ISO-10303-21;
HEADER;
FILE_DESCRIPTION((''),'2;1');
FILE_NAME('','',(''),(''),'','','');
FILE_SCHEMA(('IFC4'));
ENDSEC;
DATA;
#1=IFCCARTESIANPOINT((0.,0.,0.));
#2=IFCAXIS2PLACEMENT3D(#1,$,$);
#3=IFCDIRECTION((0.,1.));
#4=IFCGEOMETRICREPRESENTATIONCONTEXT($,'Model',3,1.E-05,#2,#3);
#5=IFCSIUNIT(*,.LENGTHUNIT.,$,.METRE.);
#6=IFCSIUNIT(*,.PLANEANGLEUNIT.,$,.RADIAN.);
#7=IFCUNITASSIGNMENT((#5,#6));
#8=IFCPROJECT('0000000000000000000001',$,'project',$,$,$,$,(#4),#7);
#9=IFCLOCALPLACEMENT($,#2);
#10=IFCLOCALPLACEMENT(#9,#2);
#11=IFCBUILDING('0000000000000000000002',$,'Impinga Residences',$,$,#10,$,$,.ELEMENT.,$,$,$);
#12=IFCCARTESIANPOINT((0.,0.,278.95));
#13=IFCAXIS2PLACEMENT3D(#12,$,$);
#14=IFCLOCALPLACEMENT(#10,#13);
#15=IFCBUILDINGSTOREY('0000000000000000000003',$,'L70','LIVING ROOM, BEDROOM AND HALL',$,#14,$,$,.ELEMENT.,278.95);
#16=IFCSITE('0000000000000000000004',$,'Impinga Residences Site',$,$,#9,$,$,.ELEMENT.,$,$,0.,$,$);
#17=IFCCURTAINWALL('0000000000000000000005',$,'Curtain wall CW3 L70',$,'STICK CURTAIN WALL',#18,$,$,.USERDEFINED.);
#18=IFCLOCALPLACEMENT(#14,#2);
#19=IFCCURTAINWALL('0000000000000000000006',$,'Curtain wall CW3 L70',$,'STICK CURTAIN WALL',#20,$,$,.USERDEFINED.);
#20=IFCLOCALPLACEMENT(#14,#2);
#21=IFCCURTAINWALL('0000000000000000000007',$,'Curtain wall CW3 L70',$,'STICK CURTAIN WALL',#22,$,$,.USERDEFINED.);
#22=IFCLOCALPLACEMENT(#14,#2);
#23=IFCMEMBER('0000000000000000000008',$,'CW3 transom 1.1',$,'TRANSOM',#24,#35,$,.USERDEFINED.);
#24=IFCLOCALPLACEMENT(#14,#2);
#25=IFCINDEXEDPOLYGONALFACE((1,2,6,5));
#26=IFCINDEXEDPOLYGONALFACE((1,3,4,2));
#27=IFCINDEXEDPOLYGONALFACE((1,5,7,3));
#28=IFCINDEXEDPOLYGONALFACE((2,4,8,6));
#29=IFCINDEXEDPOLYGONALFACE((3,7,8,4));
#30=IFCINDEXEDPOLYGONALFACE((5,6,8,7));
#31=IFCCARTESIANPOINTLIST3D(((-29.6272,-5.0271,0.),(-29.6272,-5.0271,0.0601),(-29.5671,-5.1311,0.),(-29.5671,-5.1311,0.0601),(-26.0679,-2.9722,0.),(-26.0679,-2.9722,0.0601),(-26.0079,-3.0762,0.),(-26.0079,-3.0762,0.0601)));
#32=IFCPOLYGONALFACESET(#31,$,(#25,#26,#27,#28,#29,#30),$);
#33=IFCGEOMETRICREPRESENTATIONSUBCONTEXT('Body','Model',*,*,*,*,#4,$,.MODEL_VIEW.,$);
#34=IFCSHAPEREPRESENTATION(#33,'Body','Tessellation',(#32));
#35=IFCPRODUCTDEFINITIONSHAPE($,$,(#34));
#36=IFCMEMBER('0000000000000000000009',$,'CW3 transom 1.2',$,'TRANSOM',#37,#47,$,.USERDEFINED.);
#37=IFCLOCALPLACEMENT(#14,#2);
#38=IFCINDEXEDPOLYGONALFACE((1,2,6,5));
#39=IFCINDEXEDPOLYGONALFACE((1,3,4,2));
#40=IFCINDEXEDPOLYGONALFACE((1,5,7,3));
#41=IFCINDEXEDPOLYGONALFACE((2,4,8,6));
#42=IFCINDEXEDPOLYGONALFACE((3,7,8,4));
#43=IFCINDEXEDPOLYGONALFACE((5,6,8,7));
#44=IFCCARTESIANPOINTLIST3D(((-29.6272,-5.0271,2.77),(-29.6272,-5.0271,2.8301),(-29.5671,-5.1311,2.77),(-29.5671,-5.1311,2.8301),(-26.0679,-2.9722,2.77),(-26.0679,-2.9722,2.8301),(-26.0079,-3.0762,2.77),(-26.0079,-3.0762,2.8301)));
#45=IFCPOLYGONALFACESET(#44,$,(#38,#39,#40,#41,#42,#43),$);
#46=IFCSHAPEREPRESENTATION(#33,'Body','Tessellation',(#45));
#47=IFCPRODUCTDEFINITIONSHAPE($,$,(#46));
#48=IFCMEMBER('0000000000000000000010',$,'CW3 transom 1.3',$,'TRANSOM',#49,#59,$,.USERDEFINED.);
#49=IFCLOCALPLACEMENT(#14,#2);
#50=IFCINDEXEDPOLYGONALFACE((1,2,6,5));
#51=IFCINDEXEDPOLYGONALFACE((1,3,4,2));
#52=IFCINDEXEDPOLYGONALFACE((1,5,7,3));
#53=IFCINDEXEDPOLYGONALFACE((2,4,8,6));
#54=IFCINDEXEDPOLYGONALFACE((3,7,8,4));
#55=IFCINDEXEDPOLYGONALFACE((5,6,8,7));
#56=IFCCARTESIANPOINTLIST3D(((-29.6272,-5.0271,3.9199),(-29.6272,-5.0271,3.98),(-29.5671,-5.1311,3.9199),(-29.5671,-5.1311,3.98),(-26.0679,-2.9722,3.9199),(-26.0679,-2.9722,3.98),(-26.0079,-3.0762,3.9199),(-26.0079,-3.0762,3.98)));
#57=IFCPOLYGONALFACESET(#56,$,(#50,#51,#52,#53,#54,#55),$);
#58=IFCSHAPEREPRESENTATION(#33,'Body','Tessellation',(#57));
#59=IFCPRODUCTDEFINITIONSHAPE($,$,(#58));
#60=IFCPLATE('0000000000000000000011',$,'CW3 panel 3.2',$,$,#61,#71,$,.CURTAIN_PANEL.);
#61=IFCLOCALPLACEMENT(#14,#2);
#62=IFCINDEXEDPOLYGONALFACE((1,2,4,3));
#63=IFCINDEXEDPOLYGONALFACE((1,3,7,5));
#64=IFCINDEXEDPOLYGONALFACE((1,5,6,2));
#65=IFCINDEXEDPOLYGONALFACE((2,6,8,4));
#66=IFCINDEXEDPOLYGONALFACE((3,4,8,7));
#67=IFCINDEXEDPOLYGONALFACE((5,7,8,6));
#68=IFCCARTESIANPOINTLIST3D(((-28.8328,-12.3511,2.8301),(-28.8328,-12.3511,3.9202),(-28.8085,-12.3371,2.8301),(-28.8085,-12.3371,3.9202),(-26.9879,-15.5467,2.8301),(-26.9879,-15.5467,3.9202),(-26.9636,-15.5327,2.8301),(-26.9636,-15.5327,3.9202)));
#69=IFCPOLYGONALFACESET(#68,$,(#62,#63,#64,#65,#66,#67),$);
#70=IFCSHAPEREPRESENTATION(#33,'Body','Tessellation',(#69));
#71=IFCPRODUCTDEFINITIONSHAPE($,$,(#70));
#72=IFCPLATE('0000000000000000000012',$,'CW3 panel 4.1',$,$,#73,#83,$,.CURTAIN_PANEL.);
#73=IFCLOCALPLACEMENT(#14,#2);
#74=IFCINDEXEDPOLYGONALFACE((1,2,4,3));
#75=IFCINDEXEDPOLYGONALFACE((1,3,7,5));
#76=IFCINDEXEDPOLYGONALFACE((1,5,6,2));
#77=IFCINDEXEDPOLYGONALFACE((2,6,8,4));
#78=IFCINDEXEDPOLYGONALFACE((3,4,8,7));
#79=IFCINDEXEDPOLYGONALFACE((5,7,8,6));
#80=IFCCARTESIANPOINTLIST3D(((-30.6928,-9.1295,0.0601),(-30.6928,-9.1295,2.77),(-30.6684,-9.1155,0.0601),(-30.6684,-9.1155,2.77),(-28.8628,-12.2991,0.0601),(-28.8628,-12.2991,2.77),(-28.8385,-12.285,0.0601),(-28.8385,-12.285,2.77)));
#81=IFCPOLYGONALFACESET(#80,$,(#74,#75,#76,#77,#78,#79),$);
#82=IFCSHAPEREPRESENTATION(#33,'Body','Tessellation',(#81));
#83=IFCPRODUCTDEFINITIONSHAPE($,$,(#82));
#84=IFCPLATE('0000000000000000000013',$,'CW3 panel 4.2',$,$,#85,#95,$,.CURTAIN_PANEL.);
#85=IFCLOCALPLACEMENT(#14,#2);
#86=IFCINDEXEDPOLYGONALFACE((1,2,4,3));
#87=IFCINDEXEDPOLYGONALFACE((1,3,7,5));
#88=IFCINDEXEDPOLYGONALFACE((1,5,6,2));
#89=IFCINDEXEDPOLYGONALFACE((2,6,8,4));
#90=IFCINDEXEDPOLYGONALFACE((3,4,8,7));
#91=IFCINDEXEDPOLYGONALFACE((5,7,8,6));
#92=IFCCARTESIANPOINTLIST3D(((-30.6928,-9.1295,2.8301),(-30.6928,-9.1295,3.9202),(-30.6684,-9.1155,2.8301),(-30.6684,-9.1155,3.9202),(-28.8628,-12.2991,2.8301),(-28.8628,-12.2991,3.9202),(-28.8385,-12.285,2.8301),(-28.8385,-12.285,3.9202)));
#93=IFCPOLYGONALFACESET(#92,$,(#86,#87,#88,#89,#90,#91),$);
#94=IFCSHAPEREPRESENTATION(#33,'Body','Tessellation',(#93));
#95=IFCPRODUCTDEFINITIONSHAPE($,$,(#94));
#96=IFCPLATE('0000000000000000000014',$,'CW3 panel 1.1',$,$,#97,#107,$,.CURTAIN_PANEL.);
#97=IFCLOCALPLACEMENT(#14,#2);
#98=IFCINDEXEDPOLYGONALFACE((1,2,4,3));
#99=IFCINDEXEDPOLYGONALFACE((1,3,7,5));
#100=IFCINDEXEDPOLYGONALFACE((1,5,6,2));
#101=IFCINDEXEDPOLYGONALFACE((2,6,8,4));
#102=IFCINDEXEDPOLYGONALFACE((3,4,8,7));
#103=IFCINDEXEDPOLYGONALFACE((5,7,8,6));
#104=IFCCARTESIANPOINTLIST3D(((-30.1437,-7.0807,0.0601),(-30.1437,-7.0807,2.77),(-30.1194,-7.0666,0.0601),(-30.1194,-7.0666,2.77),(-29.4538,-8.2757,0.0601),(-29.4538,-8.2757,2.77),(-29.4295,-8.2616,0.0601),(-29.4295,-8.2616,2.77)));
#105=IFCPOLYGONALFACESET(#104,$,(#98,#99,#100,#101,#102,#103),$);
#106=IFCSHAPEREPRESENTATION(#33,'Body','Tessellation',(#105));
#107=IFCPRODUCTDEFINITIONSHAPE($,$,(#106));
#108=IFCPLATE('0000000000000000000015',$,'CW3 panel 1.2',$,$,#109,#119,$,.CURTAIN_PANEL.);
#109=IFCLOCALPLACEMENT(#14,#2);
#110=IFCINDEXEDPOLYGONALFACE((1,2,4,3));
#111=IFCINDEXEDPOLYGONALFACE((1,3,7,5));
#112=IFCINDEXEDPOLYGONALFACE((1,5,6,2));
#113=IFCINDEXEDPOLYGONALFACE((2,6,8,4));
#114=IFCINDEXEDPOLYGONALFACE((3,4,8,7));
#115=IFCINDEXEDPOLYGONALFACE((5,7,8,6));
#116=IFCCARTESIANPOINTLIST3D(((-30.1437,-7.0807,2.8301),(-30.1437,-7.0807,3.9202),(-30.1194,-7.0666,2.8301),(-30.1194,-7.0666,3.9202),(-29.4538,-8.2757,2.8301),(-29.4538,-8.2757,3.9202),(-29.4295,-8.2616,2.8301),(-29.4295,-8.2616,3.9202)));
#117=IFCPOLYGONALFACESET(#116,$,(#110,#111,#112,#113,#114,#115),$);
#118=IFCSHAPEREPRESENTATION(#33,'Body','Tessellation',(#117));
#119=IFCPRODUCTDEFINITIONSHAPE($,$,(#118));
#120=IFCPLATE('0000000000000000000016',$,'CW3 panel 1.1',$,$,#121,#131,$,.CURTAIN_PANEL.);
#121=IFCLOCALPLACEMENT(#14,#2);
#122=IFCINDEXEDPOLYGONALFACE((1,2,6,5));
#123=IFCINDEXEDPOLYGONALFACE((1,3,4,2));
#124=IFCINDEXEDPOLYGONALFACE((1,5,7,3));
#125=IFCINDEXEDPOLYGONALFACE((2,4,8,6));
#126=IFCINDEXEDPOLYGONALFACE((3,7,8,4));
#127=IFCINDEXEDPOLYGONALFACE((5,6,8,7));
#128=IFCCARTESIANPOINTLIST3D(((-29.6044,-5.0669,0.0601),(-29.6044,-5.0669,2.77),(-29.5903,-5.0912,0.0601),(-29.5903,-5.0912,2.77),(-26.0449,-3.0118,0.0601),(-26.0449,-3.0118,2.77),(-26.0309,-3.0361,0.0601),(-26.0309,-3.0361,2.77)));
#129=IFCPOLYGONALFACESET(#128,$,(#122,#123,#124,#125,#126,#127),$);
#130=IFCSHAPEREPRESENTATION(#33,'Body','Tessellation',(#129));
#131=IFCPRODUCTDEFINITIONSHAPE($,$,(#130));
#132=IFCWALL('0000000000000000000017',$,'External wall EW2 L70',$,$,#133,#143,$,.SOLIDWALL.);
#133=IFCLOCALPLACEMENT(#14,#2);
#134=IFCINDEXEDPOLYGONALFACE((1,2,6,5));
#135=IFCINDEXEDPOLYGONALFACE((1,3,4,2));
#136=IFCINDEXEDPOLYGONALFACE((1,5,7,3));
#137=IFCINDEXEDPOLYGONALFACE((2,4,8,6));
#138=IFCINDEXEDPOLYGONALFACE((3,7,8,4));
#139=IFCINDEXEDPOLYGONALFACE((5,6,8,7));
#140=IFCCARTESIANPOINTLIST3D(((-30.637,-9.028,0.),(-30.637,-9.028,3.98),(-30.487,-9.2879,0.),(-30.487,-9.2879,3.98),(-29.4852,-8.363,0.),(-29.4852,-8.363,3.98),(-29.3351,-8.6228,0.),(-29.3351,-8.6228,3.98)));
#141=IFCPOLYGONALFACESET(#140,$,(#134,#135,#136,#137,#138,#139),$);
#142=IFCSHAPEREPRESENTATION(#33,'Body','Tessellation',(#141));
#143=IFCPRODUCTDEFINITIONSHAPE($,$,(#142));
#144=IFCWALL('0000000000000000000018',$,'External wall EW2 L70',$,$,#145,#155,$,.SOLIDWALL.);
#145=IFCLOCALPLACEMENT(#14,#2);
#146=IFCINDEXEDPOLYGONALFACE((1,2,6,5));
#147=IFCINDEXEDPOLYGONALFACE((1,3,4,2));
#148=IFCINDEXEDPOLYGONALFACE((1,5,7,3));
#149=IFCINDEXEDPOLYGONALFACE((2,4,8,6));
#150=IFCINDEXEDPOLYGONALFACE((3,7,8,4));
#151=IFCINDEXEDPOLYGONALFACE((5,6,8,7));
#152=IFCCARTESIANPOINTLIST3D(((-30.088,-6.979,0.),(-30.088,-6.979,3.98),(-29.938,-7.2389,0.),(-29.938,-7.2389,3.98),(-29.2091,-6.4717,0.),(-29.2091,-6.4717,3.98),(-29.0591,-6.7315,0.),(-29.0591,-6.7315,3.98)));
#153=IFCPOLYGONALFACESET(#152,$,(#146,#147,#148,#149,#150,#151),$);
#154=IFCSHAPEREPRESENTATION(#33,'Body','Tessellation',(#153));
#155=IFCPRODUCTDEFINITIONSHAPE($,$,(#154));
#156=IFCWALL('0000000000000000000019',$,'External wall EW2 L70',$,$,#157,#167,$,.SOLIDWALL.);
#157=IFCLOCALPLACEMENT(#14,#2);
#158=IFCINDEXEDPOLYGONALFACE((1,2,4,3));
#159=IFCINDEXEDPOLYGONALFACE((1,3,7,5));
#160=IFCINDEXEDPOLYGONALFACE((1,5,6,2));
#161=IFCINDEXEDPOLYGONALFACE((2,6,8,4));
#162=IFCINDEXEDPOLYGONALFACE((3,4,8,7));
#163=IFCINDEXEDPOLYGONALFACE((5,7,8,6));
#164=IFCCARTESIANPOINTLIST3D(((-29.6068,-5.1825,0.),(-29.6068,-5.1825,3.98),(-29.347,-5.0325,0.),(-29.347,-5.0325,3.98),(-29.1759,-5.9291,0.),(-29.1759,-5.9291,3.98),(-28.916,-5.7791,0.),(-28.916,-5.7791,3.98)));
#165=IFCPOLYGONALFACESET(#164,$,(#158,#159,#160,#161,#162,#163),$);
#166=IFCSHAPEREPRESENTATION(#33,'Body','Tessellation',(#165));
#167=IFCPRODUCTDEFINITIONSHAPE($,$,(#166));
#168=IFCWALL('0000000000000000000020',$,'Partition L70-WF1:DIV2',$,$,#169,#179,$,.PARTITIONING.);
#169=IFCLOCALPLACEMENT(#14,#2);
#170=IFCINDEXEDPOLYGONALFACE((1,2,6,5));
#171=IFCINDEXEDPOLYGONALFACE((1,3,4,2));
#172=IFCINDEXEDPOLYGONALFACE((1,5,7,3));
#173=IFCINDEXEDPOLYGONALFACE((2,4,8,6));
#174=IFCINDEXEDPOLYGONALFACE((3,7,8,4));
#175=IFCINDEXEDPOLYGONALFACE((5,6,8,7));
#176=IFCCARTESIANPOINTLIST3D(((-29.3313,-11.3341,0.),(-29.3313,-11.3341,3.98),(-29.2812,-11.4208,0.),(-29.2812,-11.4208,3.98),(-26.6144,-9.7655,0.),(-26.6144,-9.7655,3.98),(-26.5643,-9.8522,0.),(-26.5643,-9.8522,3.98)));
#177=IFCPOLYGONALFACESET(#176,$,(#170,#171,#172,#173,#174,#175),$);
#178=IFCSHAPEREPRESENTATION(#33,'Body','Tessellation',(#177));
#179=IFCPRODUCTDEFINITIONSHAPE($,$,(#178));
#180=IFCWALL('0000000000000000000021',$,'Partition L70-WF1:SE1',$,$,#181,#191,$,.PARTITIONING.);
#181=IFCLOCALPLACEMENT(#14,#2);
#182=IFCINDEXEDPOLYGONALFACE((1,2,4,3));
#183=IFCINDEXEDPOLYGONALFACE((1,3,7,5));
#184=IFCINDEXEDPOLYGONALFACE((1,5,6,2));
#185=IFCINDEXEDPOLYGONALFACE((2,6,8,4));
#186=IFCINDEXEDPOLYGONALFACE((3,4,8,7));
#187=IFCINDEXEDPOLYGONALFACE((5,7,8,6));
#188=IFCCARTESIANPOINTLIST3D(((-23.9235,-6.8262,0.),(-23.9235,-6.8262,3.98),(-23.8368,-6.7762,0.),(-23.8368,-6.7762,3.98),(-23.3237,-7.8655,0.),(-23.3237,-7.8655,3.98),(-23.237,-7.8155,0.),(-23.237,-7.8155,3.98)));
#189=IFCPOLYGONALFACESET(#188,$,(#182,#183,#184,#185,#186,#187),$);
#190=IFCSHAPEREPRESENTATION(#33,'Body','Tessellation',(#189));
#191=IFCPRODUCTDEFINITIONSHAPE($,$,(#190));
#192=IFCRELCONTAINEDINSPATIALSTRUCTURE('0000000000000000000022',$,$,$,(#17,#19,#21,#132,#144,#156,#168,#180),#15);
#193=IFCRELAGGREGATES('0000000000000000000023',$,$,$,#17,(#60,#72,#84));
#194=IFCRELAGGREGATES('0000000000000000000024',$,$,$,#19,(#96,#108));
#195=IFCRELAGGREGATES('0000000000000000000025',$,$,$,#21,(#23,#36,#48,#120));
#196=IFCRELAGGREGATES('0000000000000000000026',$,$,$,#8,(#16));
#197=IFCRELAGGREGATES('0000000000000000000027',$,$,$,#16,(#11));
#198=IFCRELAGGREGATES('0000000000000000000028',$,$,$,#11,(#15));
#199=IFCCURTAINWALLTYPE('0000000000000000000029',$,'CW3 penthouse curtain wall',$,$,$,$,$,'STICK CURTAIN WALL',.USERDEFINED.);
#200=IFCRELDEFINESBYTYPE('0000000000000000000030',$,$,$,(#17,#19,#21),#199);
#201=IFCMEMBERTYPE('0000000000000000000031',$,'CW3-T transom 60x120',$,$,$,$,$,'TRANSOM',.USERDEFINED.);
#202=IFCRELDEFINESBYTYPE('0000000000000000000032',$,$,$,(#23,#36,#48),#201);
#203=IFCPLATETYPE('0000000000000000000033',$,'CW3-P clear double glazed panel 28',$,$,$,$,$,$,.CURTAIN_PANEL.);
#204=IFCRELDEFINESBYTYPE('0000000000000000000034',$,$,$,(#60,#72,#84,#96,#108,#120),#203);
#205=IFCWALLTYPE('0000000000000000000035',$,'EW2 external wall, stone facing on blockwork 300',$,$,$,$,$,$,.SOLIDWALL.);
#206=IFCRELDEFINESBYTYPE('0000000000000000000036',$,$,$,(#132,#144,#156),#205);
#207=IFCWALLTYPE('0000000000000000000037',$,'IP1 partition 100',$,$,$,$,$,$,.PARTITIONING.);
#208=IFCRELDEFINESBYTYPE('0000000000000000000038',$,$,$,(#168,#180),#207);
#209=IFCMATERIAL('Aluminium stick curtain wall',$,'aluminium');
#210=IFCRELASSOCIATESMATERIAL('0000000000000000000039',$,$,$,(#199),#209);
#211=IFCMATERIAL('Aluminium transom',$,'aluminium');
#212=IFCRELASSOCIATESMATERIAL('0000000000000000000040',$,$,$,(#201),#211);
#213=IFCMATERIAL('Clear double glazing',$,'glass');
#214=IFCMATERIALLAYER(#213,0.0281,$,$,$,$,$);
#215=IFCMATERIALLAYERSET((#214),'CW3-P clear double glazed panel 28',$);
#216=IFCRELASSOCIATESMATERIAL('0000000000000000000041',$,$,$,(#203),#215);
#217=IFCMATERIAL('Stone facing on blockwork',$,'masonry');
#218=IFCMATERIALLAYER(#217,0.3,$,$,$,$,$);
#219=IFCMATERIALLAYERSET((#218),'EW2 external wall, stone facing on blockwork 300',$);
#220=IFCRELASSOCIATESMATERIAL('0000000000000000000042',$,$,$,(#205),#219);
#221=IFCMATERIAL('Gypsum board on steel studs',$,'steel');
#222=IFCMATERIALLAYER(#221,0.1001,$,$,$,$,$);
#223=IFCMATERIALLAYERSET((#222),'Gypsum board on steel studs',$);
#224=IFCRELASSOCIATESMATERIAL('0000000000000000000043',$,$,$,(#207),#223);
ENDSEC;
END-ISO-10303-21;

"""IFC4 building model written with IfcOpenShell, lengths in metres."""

from ifc_helpers import new_model, si_unit, direction, frame, frame_2d, origin, origin_2d, place, context, subcontext, project, spatial, rectangle, extrude, material, layer, layer_set, material_profile, profile_set, type_object, element, aggregate, save


model = new_model("IFC4")

# Units and contexts
model_context = context("Model", 3, precision=1e-05, world=origin(), true_north=direction((0.0, 1.0)))
body_context = subcontext(model_context, "Body", "Model", "MODEL_VIEW")
ifc_project = project(units=[si_unit("LENGTHUNIT", "METRE"), si_unit("PLANEANGLEUNIT", "RADIAN")], contexts=[model_context])

# Site, building, storey
site_placement = place(None, origin())
site = spatial("IfcSite", under=ifc_project, at=site_placement, Name="Impinga Residences Site", CompositionType="ELEMENT", RefElevation=0.0)
building_placement = place(site_placement, origin())
building = spatial("IfcBuilding", under=site, at=building_placement, Name="Impinga Residences", CompositionType="ELEMENT")
storey_placement = place(building_placement, frame((0.0, 0.0, 278.95)))
storey = spatial("IfcBuildingStorey", under=building, at=storey_placement, Name="L70", Description="LIVING ROOM, BEDROOM AND HALL", CompositionType="ELEMENT", Elevation=278.95)

# Curtain walls
ifc_material_1 = material(Name="Aluminium stick curtain wall", Category="aluminium")
curtain_wall_type = type_object("IfcCurtainWallType", Name="CW3 penthouse curtain wall", ElementType="STICK CURTAIN WALL", PredefinedType="USERDEFINED", material=ifc_material_1)
curtain_wall_1_placement = place(storey_placement, origin())
curtain_wall_1 = element("IfcCurtainWall", 1, at=curtain_wall_1_placement, inside=storey, type_object=curtain_wall_type, Name="Curtain wall CW3 L70", ObjectType="STICK CURTAIN WALL", PredefinedType="USERDEFINED")
curtain_wall_2_placement = place(storey_placement, origin())
curtain_wall_2 = element("IfcCurtainWall", 2, at=curtain_wall_2_placement, inside=storey, type_object=curtain_wall_type, Name="Curtain wall CW3 L70", ObjectType="STICK CURTAIN WALL", PredefinedType="USERDEFINED")

# Curtain wall
curtain_wall_3_placement = place(storey_placement, origin())
curtain_wall_3 = element("IfcCurtainWall", 3, at=curtain_wall_3_placement, inside=storey, type_object=curtain_wall_type, Name="Curtain wall CW3 L70", ObjectType="STICK CURTAIN WALL", PredefinedType="USERDEFINED")

# Members
ifc_material_2 = material(Name="Aluminium transom", Category="aluminium")
ifc_material_profile_1 = material_profile(ifc_material_2, rectangle(XDim=0.0601, YDim=0.1201, at=origin_2d()), Name="60x120 transom")
ifc_profile_set_1 = profile_set([ifc_material_profile_1], Name="Aluminium transom")
member_type_1 = type_object("IfcMemberType", Name="CW3-T transom 60x120", ElementType="TRANSOM", PredefinedType="USERDEFINED", material=ifc_profile_set_1)
member_1_placement = place(storey_placement, frame((-29.5972, -5.0791, 0.03), z_axis=(0.86603, 0.499992, 0.0), x_axis=(0.0, 0.0, 1.0)))
member_1 = element("IfcMember", 4, at=member_1_placement, type_object=member_type_1, Name="CW3 transom 1.1", ObjectType="TRANSOM", PredefinedType="USERDEFINED", context=body_context, shape_type="SweptSolid", body=[
    extrude(rectangle(XDim=0.0601, YDim=0.1201, at=origin_2d()), origin(), (0.0, 0.0, 1.0), 4.1099),
])
member_2_placement = place(storey_placement, frame((-29.5972, -5.0791, 2.8), z_axis=(0.86603, 0.499992, 0.0), x_axis=(0.0, 0.0, 1.0)))
member_2 = element("IfcMember", 5, at=member_2_placement, type_object=member_type_1, Name="CW3 transom 1.2", ObjectType="TRANSOM", PredefinedType="USERDEFINED", context=body_context, shape_type="SweptSolid", body=[
    extrude(rectangle(XDim=0.0601, YDim=0.1201, at=origin_2d()), origin(), (0.0, 0.0, 1.0), 4.1099),
])
member_3_placement = place(storey_placement, frame((-29.5972, -5.0791, 3.95), z_axis=(0.86603, 0.499992, 0.0), x_axis=(0.0, 0.0, 1.0)))
member_3 = element("IfcMember", 6, at=member_3_placement, type_object=member_type_1, Name="CW3 transom 1.3", ObjectType="TRANSOM", PredefinedType="USERDEFINED", context=body_context, shape_type="SweptSolid", body=[
    extrude(rectangle(XDim=0.0601, YDim=0.1201, at=origin_2d()), origin(), (0.0, 0.0, 1.0), 4.1099),
])

# Plates
ifc_material_3 = material(Name="Clear double glazing", Category="glass")
ifc_layer_1 = layer(ifc_material_3, 0.0281)
ifc_layer_set_1 = layer_set([ifc_layer_1], Name="CW3-P clear double glazed panel 28")
plate_type = type_object("IfcPlateType", Name="CW3-P clear double glazed panel 28", PredefinedType="CURTAIN_PANEL", material=ifc_layer_set_1)
plate_1_placement = place(storey_placement, frame((-27.8982, -13.9419, 2.8301), z_axis=(0.0, 0.0, 1.0), x_axis=(-0.5, 0.866025, 0.0)))
plate_1 = element("IfcPlate", 7, at=plate_1_placement, type_object=plate_type, Name="CW3 panel 3.2", PredefinedType="CURTAIN_PANEL", context=body_context, shape_type="SweptSolid", body=[
    extrude(rectangle(XDim=3.6899, YDim=0.0281, at=origin_2d()), origin(), (0.0, 0.0, 1.0), 1.0901),
])
plate_2_placement = place(storey_placement, frame((-29.7656, -10.7073, 0.0601), z_axis=(0.0, 0.0, 1.0), x_axis=(-0.5, 0.866025, 0.0)))
plate_2 = element("IfcPlate", 8, at=plate_2_placement, type_object=plate_type, Name="CW3 panel 4.1", PredefinedType="CURTAIN_PANEL", context=body_context, shape_type="SweptSolid", body=[
    extrude(rectangle(XDim=3.6599, YDim=0.0281, at=origin_2d()), origin(), (0.0, 0.0, 1.0), 2.71),
])
plate_3_placement = place(storey_placement, frame((-29.7656, -10.7073, 2.8301), z_axis=(0.0, 0.0, 1.0), x_axis=(-0.5, 0.866025, 0.0)))
plate_3 = element("IfcPlate", 9, at=plate_3_placement, type_object=plate_type, Name="CW3 panel 4.2", PredefinedType="CURTAIN_PANEL", context=body_context, shape_type="SweptSolid", body=[
    extrude(rectangle(XDim=3.6599, YDim=0.0281, at=origin_2d()), origin(), (0.0, 0.0, 1.0), 1.0901),
])
aggregate(curtain_wall_1, [plate_1, plate_2, plate_3])
plate_4_placement = place(storey_placement, frame((-29.7866, -7.6711, 0.0601), z_axis=(0.0, 0.0, 1.0), x_axis=(-0.5, 0.866025, 0.0)))
plate_4 = element("IfcPlate", 10, at=plate_4_placement, type_object=plate_type, Name="CW3 panel 1.1", PredefinedType="CURTAIN_PANEL", context=body_context, shape_type="SweptSolid", body=[
    extrude(rectangle(XDim=1.3799, YDim=0.0281, at=origin_2d()), origin(), (0.0, 0.0, 1.0), 2.71),
])
plate_5_placement = place(storey_placement, frame((-29.7866, -7.6711, 2.8301), z_axis=(0.0, 0.0, 1.0), x_axis=(-0.5, 0.866025, 0.0)))
plate_5 = element("IfcPlate", 11, at=plate_5_placement, type_object=plate_type, Name="CW3 panel 1.2", PredefinedType="CURTAIN_PANEL", context=body_context, shape_type="SweptSolid", body=[
    extrude(rectangle(XDim=1.3799, YDim=0.0281, at=origin_2d()), origin(), (0.0, 0.0, 1.0), 1.0901),
])
aggregate(curtain_wall_2, [plate_4, plate_5])
plate_6_placement = place(storey_placement, frame((-27.8176, -4.0515, 0.0601), z_axis=(0.0, 0.0, 1.0), x_axis=(0.866025, 0.5, 0.0)))
plate_6 = element("IfcPlate", 12, at=plate_6_placement, type_object=plate_type, Name="CW3 panel 1.1", PredefinedType="CURTAIN_PANEL", context=body_context, shape_type="SweptSolid", body=[
    extrude(rectangle(XDim=4.1101, YDim=0.0281, at=origin_2d()), origin(), (0.0, 0.0, 1.0), 2.71),
])
aggregate(curtain_wall_3, [member_1, member_2, member_3, plate_6])

# Walls
ifc_material_4 = material(Name="Stone facing on blockwork", Category="masonry")
ifc_layer_2 = layer(ifc_material_4, 0.3)
ifc_layer_set_2 = layer_set([ifc_layer_2], Name="EW2 external wall, stone facing on blockwork 300")
wall_type_1 = type_object("IfcWallType", Name="EW2 external wall, stone facing on blockwork 300", PredefinedType="SOLIDWALL", material=ifc_layer_set_2)
wall_1_placement = place(storey_placement, frame((-30.562, -9.158, 0.0), z_axis=(0.0, 0.0, 1.0), x_axis=(0.866021, 0.500008, 0.0)))
element("IfcWall", 13, at=wall_1_placement, inside=storey, type_object=wall_type_1, Name="External wall EW2 L70", PredefinedType="SOLIDWALL", context=body_context, shape_type="SweptSolid", body=[
    extrude(rectangle(XDim=1.3301, YDim=0.3, at=frame_2d((0.665, 0.0))), origin(), (0.0, 0.0, 1.0), 3.98),
])
wall_2_placement = place(storey_placement, frame((-30.0129, -7.1089, 0.0), z_axis=(0.0, 0.0, 1.0), x_axis=(0.866073, 0.499917, 0.0)))
element("IfcWall", 14, at=wall_2_placement, inside=storey, type_object=wall_type_1, Name="External wall EW2 L70", PredefinedType="SOLIDWALL", context=body_context, shape_type="SweptSolid", body=[
    extrude(rectangle(XDim=1.0149, YDim=0.3, at=frame_2d((0.5073, 0.0))), origin(), (0.0, 0.0, 1.0), 3.98),
])
wall_3_placement = place(storey_placement, frame((-29.0459, -5.8542, 0.0), z_axis=(0.0, 0.0, 1.0), x_axis=(-0.499886, 0.866091, 0.0)))
element("IfcWall", 15, at=wall_3_placement, inside=storey, type_object=wall_type_1, Name="External wall EW2 L70", PredefinedType="SOLIDWALL", context=body_context, shape_type="SweptSolid", body=[
    extrude(rectangle(XDim=0.8621, YDim=0.3, at=frame_2d((0.4312, 0.0))), origin(), (0.0, 0.0, 1.0), 3.98),
])
ifc_material_5 = material(Name="Gypsum board on steel studs", Category="steel")
ifc_layer_3 = layer(ifc_material_5, 0.1001)
ifc_layer_set_3 = layer_set([ifc_layer_3], Name="Gypsum board on steel studs")
wall_type_2 = type_object("IfcWallType", Name="IP1 partition 100", PredefinedType="PARTITIONING", material=ifc_layer_set_3)
wall_4_placement = place(storey_placement, frame((-26.5894, -9.8088, 0.0), z_axis=(0.0, 0.0, 1.0), x_axis=(-0.866017, -0.500014, 0.0)))
element("IfcWall", 16, at=wall_4_placement, inside=storey, type_object=wall_type_2, Name="Partition L70-WF1:DIV2", PredefinedType="PARTITIONING", context=body_context, shape_type="SweptSolid", body=[
    extrude(rectangle(XDim=3.1372, YDim=0.1001, at=frame_2d((1.5686, 0.0))), origin(), (0.0, 0.0, 1.0), 3.98),
])
wall_5_placement = place(storey_placement, frame((-23.2803, -7.8406, 0.0), z_axis=(0.0, 0.0, 1.0), x_axis=(-0.499881, 0.866094, 0.0)))
element("IfcWall", 17, at=wall_5_placement, inside=storey, type_object=wall_type_2, Name="Partition L70-WF1:SE1", PredefinedType="PARTITIONING", context=body_context, shape_type="SweptSolid", body=[
    extrude(rectangle(XDim=1.2, YDim=0.1001, at=frame_2d((0.6001, 0.0))), origin(), (0.0, 0.0, 1.0), 3.98),
])

save(model, "model.ifc")
